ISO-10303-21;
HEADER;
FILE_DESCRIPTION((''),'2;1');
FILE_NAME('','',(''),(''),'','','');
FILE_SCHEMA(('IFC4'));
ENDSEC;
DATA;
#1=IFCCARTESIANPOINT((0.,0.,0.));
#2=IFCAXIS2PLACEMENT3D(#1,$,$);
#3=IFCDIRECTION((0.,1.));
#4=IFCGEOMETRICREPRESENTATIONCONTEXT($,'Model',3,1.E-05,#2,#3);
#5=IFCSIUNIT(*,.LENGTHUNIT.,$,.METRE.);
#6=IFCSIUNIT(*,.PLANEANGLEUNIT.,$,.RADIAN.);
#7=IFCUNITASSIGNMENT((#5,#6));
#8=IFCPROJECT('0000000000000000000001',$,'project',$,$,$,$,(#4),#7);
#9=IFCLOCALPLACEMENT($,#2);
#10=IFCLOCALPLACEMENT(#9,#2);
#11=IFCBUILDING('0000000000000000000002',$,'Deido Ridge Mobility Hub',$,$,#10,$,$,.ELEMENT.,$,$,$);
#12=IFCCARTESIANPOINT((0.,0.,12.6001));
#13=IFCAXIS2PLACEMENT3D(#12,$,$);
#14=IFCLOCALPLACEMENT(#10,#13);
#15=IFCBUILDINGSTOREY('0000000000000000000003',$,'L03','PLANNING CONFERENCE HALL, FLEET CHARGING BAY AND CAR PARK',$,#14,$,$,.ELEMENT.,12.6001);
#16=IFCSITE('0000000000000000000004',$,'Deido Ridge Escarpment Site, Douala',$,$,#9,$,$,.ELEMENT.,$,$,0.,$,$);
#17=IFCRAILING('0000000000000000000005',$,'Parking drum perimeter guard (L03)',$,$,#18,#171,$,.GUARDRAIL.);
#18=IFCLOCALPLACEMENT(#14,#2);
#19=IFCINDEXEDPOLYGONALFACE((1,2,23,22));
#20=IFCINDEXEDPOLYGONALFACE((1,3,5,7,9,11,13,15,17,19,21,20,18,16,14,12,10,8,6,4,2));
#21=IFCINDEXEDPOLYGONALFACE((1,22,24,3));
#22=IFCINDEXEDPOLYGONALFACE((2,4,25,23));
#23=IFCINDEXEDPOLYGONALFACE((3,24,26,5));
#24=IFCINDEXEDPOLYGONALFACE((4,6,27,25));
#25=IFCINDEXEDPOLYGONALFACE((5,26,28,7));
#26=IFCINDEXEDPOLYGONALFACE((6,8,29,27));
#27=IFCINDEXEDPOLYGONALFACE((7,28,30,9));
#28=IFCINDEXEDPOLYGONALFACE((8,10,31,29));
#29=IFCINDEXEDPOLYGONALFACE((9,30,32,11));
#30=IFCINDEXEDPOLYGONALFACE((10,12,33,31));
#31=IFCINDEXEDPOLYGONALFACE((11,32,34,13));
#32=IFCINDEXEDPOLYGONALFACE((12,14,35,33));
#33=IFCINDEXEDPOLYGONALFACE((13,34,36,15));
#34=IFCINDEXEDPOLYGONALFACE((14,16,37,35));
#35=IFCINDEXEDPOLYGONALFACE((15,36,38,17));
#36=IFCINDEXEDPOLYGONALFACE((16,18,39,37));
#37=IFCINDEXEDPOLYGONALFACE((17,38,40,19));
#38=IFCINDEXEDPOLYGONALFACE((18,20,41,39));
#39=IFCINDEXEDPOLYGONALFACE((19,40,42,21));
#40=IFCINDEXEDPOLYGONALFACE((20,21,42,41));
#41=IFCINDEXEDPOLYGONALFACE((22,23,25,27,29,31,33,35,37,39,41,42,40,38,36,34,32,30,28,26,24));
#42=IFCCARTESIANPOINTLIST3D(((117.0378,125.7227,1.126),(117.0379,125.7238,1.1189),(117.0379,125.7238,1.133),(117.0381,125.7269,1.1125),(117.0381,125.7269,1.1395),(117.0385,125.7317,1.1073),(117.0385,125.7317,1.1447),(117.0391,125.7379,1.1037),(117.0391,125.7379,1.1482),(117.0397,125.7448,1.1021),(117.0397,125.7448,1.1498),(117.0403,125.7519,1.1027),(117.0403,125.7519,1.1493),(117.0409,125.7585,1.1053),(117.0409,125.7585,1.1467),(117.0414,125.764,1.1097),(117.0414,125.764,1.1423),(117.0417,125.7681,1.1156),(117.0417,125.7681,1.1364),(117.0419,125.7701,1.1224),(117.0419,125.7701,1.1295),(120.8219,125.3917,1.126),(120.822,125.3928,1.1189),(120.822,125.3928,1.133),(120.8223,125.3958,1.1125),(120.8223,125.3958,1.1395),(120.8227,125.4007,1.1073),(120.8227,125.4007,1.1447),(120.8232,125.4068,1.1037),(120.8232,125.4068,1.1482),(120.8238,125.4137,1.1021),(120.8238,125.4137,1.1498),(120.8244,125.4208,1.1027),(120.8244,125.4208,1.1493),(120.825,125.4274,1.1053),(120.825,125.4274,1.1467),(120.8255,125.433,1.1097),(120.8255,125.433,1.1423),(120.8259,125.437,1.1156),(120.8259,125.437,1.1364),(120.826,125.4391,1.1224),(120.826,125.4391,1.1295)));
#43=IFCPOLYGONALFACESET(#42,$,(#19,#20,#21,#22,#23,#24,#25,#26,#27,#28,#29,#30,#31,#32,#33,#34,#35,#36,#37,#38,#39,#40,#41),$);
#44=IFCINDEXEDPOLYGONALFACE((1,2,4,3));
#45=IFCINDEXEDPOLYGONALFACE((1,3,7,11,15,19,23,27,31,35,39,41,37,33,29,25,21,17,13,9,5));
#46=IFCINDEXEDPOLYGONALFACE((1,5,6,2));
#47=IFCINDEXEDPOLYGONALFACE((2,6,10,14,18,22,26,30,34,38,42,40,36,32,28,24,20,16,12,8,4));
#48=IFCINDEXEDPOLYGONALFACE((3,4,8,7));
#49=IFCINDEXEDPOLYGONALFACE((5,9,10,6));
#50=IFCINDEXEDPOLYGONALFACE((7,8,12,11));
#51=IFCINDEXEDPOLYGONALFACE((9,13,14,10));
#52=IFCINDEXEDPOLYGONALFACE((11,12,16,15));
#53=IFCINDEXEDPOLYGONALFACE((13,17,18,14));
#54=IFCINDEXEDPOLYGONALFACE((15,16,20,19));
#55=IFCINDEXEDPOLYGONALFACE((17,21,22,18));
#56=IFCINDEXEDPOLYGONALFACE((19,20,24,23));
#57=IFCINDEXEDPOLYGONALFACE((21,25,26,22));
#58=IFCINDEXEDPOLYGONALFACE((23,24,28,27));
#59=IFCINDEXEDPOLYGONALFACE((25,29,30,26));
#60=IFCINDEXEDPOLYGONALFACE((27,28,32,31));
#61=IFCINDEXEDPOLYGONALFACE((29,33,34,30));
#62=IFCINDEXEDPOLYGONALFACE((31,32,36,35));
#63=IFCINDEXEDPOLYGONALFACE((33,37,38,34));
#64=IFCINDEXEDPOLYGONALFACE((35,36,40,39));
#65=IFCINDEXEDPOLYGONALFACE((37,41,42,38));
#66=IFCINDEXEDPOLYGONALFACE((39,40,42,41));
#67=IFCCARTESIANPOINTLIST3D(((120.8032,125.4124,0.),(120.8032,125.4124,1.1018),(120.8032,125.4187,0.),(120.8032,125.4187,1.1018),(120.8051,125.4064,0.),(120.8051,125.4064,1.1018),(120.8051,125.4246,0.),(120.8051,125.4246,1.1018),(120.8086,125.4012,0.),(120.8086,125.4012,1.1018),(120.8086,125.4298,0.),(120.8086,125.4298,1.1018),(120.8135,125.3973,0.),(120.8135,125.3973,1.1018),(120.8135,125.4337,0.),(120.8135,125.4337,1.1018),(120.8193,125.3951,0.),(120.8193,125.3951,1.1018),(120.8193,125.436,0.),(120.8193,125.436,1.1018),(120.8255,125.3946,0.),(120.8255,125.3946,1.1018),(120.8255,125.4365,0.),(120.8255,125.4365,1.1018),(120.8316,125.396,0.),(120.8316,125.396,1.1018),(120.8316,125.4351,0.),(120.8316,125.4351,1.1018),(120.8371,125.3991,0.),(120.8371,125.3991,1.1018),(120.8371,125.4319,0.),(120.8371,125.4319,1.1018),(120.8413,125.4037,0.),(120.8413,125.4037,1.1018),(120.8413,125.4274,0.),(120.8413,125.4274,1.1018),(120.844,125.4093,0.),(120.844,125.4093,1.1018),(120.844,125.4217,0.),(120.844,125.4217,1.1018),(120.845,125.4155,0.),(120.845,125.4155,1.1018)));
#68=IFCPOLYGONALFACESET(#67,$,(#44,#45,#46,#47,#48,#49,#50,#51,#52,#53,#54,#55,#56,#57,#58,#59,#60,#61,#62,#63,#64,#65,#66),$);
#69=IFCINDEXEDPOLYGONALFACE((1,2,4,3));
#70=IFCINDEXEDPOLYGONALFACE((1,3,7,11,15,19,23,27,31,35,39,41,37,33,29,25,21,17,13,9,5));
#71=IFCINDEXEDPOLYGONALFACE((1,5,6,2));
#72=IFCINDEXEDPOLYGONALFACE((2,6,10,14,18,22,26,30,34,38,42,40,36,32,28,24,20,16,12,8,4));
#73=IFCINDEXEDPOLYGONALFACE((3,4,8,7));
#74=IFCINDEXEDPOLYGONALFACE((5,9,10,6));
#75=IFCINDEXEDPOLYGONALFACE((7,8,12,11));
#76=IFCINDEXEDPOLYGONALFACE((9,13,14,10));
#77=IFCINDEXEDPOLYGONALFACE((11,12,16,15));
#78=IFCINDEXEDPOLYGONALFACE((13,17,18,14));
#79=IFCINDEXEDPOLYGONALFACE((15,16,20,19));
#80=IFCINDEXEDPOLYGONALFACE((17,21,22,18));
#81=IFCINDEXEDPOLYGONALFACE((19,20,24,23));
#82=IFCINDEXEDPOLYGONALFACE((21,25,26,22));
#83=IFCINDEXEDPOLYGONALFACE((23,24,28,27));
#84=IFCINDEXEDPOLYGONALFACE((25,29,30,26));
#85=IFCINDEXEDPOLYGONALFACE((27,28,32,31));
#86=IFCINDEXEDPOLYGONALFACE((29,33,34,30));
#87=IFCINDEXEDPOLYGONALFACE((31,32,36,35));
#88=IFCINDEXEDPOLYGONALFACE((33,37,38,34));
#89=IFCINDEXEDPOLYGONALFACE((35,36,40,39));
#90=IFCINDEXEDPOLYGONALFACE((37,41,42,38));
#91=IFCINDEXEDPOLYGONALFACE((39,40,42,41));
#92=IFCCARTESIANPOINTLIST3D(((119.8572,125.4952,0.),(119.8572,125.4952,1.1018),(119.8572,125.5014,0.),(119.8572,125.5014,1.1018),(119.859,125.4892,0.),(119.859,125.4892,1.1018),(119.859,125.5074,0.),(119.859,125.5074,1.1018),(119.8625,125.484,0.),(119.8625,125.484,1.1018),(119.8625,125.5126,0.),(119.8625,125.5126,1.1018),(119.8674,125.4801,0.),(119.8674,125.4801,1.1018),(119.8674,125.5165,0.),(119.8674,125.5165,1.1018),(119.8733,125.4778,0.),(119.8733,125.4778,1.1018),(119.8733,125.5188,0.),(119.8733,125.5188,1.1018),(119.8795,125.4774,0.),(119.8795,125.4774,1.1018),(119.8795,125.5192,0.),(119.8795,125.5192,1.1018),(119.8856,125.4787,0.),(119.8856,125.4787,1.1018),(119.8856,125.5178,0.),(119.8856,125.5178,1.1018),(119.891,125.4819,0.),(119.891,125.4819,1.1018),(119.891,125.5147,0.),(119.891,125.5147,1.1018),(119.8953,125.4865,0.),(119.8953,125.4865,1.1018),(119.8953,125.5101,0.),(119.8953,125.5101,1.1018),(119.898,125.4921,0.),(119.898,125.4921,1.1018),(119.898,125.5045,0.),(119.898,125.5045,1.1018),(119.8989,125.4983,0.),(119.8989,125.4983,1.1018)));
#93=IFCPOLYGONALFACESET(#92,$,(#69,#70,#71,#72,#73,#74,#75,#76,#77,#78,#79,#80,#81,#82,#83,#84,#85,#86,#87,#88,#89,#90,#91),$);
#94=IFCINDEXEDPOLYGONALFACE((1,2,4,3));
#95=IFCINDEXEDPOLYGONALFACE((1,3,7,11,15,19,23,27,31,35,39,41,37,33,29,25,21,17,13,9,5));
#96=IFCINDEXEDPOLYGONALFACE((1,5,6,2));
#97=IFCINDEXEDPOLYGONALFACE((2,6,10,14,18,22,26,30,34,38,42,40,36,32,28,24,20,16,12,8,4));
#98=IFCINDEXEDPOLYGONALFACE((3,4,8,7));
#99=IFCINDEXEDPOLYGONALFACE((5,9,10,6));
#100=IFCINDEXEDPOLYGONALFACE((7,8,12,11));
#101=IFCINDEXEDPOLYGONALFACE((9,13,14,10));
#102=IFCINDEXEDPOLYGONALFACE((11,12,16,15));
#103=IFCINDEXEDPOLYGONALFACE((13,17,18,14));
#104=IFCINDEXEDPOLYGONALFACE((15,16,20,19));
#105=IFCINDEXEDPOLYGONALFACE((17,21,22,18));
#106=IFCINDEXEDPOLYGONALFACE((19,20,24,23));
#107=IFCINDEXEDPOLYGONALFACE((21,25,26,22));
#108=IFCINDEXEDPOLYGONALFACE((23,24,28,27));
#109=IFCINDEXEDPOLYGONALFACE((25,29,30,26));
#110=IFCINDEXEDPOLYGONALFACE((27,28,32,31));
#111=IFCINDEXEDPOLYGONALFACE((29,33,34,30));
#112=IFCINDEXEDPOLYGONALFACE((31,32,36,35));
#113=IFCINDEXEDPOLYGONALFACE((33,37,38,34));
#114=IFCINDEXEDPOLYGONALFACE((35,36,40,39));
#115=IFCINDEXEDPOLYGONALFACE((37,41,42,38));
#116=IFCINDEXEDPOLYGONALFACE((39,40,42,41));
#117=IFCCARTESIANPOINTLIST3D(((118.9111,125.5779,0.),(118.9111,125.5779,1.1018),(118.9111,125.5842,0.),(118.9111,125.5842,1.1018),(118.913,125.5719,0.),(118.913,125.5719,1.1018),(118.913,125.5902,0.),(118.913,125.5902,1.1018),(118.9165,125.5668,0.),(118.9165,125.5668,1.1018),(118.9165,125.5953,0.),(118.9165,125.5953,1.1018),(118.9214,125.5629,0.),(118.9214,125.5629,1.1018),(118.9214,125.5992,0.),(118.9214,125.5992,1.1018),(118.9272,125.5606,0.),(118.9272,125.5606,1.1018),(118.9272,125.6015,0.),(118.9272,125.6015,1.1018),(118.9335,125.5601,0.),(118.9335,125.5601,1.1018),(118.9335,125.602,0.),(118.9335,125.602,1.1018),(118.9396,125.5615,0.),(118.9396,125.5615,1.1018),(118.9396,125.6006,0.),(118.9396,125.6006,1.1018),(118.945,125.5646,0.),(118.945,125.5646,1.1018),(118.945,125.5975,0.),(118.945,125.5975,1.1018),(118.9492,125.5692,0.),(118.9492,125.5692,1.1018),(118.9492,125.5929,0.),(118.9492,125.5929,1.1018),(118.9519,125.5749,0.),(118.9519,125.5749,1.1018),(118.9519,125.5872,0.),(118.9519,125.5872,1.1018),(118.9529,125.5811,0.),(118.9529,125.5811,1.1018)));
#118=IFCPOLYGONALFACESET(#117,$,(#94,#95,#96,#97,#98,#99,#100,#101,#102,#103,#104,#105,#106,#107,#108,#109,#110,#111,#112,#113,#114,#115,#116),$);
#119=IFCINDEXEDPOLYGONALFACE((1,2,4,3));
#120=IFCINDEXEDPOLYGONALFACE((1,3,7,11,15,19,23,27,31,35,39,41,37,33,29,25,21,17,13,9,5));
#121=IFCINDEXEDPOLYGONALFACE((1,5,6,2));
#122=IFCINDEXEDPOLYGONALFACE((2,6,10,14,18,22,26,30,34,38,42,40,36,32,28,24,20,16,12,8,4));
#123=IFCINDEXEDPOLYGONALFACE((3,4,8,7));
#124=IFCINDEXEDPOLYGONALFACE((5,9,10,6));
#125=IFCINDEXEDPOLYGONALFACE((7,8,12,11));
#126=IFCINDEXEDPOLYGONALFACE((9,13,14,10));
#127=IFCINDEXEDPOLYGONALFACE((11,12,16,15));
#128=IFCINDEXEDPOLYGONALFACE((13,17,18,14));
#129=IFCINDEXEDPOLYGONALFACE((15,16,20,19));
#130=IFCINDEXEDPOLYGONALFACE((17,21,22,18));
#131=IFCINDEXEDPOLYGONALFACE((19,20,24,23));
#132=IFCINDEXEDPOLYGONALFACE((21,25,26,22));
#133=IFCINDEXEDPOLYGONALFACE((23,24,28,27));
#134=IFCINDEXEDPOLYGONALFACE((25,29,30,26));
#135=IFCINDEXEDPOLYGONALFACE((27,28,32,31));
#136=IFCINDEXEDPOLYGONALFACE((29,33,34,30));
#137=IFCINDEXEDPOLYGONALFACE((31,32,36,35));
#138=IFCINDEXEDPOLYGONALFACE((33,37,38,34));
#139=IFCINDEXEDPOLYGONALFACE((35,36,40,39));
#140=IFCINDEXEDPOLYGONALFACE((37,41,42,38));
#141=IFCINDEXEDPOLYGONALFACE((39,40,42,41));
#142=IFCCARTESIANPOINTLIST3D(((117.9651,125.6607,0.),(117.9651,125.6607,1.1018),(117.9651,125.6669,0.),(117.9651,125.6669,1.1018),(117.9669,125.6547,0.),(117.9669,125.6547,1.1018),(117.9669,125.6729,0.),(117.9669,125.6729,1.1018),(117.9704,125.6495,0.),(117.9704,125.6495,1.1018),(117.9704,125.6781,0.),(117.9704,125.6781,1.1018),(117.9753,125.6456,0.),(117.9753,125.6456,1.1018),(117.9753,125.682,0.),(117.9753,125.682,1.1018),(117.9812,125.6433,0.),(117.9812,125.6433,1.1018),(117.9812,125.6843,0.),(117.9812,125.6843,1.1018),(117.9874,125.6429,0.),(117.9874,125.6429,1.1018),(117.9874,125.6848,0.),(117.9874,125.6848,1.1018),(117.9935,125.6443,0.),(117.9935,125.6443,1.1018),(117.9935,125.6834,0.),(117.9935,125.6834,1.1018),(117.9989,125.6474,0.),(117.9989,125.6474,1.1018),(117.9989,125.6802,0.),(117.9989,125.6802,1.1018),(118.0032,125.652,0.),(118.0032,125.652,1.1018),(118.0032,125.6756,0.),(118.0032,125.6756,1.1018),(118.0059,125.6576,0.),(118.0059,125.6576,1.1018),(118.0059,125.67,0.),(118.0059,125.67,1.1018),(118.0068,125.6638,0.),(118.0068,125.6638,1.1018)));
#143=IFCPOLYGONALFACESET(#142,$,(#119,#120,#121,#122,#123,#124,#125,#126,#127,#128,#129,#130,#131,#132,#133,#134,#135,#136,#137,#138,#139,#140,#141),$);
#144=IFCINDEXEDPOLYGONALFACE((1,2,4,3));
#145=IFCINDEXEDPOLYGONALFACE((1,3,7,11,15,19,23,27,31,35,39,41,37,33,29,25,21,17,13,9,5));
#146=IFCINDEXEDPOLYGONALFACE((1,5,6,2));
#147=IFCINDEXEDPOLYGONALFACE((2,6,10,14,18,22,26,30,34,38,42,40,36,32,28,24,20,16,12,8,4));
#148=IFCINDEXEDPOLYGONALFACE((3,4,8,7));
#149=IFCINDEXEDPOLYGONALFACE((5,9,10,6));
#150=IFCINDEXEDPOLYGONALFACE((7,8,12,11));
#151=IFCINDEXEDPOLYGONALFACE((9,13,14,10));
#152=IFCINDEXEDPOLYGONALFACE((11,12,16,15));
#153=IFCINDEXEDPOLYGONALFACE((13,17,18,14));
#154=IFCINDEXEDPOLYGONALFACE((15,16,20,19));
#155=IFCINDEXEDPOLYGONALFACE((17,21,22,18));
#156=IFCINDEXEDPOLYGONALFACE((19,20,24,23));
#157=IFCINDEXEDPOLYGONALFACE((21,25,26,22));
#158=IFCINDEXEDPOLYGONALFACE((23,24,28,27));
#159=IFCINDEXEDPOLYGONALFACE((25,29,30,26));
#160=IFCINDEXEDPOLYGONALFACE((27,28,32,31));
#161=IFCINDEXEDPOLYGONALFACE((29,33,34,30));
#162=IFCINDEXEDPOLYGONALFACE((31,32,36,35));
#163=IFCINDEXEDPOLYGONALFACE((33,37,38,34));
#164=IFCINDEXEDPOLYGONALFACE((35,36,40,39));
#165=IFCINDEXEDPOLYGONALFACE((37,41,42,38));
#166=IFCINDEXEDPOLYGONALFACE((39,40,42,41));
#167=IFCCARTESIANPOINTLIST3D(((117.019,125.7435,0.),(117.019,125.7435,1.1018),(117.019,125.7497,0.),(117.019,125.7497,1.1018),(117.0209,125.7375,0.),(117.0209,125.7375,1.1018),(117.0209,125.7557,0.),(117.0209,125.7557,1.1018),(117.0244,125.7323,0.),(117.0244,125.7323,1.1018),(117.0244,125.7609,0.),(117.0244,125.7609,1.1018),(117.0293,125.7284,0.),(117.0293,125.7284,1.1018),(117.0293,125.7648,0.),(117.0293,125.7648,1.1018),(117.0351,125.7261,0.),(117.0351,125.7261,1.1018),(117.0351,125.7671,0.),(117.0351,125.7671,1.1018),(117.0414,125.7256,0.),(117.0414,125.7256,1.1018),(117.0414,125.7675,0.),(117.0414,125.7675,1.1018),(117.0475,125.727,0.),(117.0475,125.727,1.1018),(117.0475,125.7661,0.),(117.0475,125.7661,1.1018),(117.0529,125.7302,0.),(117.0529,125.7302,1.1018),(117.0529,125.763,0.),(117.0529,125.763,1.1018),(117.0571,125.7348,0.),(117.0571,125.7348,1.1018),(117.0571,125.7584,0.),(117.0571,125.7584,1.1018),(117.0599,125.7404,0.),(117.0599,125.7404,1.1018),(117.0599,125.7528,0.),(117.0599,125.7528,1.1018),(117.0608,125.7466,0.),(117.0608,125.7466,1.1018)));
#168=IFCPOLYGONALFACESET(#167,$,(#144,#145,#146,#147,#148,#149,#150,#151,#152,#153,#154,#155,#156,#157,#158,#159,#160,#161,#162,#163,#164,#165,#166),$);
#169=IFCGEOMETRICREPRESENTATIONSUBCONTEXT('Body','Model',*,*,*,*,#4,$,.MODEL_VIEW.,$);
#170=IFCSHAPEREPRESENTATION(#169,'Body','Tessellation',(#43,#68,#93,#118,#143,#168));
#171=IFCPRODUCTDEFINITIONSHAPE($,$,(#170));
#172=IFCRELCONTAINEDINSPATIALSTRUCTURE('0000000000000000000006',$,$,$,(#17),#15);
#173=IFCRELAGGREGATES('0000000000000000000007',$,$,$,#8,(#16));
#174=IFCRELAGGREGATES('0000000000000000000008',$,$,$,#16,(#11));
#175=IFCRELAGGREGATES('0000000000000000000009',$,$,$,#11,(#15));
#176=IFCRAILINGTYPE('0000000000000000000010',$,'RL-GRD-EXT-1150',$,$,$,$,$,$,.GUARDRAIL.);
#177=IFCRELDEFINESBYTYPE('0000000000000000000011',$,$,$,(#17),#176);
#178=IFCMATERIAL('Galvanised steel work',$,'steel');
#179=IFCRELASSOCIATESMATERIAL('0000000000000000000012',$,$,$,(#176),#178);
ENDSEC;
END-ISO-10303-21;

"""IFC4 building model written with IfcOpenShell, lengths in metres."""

from ifc_helpers import new_model, si_unit, direction, frame, origin, origin_2d, place, context, subcontext, project, spatial, circle, extrude, material, type_object, element, save


model = new_model("IFC4")

# Units and contexts
model_context = context("Model", 3, precision=1e-05, world=origin(), true_north=direction((0.0, 1.0)))
body_context = subcontext(model_context, "Body", "Model", "MODEL_VIEW")
ifc_project = project(units=[si_unit("LENGTHUNIT", "METRE"), si_unit("PLANEANGLEUNIT", "RADIAN")], contexts=[model_context])

# Site, building, storey
site_placement = place(None, origin())
site = spatial("IfcSite", under=ifc_project, at=site_placement, Name="Deido Ridge Escarpment Site, Douala", CompositionType="ELEMENT", RefElevation=0.0)
building_placement = place(site_placement, origin())
building = spatial("IfcBuilding", under=site, at=building_placement, Name="Deido Ridge Mobility Hub", CompositionType="ELEMENT")
storey_placement = place(building_placement, frame((0.0, 0.0, 12.6001)))
storey = spatial("IfcBuildingStorey", under=building, at=storey_placement, Name="L03", Description="PLANNING CONFERENCE HALL, FLEET CHARGING BAY AND CAR PARK", CompositionType="ELEMENT", Elevation=12.6001)

# Railing
ifc_material_1 = material(Name="Galvanised steel work", Category="steel")
railing_type = type_object("IfcRailingType", Name="RL-GRD-EXT-1150", PredefinedType="GUARDRAIL", material=ifc_material_1)
railing_1_placement = place(storey_placement, frame((120.824, 125.4155, 0.0)))
element("IfcRailing", 1, at=railing_1_placement, inside=storey, type_object=railing_type, Name="Parking drum perimeter guard (L03)", PredefinedType="GUARDRAIL", context=body_context, shape_type="SweptSolid", body=[
    extrude(circle(Radius=0.0239, at=origin_2d()), frame((0.0, 0.0, 1.126), z_axis=(-0.996195, 0.087151, 0.0), x_axis=(-0.087151, -0.996195, 0.0)), (0.0, 0.0, 1.0), 3.7986),
    extrude(circle(Radius=0.021, at=origin_2d()), origin(), (0.0, 0.0, 1.0), 1.1018),
    extrude(circle(Radius=0.021, at=origin_2d()), frame((-0.946, 0.0828, 0.0)), (0.0, 0.0, 1.0), 1.1018),
    extrude(circle(Radius=0.021, at=origin_2d()), frame((-1.8921, 0.1655, 0.0)), (0.0, 0.0, 1.0), 1.1018),
    extrude(circle(Radius=0.021, at=origin_2d()), frame((-2.8381, 0.2483, 0.0)), (0.0, 0.0, 1.0), 1.1018),
    extrude(circle(Radius=0.021, at=origin_2d()), frame((-3.7842, 0.3311, 0.0)), (0.0, 0.0, 1.0), 1.1018),
])

save(model, "model.ifc")
